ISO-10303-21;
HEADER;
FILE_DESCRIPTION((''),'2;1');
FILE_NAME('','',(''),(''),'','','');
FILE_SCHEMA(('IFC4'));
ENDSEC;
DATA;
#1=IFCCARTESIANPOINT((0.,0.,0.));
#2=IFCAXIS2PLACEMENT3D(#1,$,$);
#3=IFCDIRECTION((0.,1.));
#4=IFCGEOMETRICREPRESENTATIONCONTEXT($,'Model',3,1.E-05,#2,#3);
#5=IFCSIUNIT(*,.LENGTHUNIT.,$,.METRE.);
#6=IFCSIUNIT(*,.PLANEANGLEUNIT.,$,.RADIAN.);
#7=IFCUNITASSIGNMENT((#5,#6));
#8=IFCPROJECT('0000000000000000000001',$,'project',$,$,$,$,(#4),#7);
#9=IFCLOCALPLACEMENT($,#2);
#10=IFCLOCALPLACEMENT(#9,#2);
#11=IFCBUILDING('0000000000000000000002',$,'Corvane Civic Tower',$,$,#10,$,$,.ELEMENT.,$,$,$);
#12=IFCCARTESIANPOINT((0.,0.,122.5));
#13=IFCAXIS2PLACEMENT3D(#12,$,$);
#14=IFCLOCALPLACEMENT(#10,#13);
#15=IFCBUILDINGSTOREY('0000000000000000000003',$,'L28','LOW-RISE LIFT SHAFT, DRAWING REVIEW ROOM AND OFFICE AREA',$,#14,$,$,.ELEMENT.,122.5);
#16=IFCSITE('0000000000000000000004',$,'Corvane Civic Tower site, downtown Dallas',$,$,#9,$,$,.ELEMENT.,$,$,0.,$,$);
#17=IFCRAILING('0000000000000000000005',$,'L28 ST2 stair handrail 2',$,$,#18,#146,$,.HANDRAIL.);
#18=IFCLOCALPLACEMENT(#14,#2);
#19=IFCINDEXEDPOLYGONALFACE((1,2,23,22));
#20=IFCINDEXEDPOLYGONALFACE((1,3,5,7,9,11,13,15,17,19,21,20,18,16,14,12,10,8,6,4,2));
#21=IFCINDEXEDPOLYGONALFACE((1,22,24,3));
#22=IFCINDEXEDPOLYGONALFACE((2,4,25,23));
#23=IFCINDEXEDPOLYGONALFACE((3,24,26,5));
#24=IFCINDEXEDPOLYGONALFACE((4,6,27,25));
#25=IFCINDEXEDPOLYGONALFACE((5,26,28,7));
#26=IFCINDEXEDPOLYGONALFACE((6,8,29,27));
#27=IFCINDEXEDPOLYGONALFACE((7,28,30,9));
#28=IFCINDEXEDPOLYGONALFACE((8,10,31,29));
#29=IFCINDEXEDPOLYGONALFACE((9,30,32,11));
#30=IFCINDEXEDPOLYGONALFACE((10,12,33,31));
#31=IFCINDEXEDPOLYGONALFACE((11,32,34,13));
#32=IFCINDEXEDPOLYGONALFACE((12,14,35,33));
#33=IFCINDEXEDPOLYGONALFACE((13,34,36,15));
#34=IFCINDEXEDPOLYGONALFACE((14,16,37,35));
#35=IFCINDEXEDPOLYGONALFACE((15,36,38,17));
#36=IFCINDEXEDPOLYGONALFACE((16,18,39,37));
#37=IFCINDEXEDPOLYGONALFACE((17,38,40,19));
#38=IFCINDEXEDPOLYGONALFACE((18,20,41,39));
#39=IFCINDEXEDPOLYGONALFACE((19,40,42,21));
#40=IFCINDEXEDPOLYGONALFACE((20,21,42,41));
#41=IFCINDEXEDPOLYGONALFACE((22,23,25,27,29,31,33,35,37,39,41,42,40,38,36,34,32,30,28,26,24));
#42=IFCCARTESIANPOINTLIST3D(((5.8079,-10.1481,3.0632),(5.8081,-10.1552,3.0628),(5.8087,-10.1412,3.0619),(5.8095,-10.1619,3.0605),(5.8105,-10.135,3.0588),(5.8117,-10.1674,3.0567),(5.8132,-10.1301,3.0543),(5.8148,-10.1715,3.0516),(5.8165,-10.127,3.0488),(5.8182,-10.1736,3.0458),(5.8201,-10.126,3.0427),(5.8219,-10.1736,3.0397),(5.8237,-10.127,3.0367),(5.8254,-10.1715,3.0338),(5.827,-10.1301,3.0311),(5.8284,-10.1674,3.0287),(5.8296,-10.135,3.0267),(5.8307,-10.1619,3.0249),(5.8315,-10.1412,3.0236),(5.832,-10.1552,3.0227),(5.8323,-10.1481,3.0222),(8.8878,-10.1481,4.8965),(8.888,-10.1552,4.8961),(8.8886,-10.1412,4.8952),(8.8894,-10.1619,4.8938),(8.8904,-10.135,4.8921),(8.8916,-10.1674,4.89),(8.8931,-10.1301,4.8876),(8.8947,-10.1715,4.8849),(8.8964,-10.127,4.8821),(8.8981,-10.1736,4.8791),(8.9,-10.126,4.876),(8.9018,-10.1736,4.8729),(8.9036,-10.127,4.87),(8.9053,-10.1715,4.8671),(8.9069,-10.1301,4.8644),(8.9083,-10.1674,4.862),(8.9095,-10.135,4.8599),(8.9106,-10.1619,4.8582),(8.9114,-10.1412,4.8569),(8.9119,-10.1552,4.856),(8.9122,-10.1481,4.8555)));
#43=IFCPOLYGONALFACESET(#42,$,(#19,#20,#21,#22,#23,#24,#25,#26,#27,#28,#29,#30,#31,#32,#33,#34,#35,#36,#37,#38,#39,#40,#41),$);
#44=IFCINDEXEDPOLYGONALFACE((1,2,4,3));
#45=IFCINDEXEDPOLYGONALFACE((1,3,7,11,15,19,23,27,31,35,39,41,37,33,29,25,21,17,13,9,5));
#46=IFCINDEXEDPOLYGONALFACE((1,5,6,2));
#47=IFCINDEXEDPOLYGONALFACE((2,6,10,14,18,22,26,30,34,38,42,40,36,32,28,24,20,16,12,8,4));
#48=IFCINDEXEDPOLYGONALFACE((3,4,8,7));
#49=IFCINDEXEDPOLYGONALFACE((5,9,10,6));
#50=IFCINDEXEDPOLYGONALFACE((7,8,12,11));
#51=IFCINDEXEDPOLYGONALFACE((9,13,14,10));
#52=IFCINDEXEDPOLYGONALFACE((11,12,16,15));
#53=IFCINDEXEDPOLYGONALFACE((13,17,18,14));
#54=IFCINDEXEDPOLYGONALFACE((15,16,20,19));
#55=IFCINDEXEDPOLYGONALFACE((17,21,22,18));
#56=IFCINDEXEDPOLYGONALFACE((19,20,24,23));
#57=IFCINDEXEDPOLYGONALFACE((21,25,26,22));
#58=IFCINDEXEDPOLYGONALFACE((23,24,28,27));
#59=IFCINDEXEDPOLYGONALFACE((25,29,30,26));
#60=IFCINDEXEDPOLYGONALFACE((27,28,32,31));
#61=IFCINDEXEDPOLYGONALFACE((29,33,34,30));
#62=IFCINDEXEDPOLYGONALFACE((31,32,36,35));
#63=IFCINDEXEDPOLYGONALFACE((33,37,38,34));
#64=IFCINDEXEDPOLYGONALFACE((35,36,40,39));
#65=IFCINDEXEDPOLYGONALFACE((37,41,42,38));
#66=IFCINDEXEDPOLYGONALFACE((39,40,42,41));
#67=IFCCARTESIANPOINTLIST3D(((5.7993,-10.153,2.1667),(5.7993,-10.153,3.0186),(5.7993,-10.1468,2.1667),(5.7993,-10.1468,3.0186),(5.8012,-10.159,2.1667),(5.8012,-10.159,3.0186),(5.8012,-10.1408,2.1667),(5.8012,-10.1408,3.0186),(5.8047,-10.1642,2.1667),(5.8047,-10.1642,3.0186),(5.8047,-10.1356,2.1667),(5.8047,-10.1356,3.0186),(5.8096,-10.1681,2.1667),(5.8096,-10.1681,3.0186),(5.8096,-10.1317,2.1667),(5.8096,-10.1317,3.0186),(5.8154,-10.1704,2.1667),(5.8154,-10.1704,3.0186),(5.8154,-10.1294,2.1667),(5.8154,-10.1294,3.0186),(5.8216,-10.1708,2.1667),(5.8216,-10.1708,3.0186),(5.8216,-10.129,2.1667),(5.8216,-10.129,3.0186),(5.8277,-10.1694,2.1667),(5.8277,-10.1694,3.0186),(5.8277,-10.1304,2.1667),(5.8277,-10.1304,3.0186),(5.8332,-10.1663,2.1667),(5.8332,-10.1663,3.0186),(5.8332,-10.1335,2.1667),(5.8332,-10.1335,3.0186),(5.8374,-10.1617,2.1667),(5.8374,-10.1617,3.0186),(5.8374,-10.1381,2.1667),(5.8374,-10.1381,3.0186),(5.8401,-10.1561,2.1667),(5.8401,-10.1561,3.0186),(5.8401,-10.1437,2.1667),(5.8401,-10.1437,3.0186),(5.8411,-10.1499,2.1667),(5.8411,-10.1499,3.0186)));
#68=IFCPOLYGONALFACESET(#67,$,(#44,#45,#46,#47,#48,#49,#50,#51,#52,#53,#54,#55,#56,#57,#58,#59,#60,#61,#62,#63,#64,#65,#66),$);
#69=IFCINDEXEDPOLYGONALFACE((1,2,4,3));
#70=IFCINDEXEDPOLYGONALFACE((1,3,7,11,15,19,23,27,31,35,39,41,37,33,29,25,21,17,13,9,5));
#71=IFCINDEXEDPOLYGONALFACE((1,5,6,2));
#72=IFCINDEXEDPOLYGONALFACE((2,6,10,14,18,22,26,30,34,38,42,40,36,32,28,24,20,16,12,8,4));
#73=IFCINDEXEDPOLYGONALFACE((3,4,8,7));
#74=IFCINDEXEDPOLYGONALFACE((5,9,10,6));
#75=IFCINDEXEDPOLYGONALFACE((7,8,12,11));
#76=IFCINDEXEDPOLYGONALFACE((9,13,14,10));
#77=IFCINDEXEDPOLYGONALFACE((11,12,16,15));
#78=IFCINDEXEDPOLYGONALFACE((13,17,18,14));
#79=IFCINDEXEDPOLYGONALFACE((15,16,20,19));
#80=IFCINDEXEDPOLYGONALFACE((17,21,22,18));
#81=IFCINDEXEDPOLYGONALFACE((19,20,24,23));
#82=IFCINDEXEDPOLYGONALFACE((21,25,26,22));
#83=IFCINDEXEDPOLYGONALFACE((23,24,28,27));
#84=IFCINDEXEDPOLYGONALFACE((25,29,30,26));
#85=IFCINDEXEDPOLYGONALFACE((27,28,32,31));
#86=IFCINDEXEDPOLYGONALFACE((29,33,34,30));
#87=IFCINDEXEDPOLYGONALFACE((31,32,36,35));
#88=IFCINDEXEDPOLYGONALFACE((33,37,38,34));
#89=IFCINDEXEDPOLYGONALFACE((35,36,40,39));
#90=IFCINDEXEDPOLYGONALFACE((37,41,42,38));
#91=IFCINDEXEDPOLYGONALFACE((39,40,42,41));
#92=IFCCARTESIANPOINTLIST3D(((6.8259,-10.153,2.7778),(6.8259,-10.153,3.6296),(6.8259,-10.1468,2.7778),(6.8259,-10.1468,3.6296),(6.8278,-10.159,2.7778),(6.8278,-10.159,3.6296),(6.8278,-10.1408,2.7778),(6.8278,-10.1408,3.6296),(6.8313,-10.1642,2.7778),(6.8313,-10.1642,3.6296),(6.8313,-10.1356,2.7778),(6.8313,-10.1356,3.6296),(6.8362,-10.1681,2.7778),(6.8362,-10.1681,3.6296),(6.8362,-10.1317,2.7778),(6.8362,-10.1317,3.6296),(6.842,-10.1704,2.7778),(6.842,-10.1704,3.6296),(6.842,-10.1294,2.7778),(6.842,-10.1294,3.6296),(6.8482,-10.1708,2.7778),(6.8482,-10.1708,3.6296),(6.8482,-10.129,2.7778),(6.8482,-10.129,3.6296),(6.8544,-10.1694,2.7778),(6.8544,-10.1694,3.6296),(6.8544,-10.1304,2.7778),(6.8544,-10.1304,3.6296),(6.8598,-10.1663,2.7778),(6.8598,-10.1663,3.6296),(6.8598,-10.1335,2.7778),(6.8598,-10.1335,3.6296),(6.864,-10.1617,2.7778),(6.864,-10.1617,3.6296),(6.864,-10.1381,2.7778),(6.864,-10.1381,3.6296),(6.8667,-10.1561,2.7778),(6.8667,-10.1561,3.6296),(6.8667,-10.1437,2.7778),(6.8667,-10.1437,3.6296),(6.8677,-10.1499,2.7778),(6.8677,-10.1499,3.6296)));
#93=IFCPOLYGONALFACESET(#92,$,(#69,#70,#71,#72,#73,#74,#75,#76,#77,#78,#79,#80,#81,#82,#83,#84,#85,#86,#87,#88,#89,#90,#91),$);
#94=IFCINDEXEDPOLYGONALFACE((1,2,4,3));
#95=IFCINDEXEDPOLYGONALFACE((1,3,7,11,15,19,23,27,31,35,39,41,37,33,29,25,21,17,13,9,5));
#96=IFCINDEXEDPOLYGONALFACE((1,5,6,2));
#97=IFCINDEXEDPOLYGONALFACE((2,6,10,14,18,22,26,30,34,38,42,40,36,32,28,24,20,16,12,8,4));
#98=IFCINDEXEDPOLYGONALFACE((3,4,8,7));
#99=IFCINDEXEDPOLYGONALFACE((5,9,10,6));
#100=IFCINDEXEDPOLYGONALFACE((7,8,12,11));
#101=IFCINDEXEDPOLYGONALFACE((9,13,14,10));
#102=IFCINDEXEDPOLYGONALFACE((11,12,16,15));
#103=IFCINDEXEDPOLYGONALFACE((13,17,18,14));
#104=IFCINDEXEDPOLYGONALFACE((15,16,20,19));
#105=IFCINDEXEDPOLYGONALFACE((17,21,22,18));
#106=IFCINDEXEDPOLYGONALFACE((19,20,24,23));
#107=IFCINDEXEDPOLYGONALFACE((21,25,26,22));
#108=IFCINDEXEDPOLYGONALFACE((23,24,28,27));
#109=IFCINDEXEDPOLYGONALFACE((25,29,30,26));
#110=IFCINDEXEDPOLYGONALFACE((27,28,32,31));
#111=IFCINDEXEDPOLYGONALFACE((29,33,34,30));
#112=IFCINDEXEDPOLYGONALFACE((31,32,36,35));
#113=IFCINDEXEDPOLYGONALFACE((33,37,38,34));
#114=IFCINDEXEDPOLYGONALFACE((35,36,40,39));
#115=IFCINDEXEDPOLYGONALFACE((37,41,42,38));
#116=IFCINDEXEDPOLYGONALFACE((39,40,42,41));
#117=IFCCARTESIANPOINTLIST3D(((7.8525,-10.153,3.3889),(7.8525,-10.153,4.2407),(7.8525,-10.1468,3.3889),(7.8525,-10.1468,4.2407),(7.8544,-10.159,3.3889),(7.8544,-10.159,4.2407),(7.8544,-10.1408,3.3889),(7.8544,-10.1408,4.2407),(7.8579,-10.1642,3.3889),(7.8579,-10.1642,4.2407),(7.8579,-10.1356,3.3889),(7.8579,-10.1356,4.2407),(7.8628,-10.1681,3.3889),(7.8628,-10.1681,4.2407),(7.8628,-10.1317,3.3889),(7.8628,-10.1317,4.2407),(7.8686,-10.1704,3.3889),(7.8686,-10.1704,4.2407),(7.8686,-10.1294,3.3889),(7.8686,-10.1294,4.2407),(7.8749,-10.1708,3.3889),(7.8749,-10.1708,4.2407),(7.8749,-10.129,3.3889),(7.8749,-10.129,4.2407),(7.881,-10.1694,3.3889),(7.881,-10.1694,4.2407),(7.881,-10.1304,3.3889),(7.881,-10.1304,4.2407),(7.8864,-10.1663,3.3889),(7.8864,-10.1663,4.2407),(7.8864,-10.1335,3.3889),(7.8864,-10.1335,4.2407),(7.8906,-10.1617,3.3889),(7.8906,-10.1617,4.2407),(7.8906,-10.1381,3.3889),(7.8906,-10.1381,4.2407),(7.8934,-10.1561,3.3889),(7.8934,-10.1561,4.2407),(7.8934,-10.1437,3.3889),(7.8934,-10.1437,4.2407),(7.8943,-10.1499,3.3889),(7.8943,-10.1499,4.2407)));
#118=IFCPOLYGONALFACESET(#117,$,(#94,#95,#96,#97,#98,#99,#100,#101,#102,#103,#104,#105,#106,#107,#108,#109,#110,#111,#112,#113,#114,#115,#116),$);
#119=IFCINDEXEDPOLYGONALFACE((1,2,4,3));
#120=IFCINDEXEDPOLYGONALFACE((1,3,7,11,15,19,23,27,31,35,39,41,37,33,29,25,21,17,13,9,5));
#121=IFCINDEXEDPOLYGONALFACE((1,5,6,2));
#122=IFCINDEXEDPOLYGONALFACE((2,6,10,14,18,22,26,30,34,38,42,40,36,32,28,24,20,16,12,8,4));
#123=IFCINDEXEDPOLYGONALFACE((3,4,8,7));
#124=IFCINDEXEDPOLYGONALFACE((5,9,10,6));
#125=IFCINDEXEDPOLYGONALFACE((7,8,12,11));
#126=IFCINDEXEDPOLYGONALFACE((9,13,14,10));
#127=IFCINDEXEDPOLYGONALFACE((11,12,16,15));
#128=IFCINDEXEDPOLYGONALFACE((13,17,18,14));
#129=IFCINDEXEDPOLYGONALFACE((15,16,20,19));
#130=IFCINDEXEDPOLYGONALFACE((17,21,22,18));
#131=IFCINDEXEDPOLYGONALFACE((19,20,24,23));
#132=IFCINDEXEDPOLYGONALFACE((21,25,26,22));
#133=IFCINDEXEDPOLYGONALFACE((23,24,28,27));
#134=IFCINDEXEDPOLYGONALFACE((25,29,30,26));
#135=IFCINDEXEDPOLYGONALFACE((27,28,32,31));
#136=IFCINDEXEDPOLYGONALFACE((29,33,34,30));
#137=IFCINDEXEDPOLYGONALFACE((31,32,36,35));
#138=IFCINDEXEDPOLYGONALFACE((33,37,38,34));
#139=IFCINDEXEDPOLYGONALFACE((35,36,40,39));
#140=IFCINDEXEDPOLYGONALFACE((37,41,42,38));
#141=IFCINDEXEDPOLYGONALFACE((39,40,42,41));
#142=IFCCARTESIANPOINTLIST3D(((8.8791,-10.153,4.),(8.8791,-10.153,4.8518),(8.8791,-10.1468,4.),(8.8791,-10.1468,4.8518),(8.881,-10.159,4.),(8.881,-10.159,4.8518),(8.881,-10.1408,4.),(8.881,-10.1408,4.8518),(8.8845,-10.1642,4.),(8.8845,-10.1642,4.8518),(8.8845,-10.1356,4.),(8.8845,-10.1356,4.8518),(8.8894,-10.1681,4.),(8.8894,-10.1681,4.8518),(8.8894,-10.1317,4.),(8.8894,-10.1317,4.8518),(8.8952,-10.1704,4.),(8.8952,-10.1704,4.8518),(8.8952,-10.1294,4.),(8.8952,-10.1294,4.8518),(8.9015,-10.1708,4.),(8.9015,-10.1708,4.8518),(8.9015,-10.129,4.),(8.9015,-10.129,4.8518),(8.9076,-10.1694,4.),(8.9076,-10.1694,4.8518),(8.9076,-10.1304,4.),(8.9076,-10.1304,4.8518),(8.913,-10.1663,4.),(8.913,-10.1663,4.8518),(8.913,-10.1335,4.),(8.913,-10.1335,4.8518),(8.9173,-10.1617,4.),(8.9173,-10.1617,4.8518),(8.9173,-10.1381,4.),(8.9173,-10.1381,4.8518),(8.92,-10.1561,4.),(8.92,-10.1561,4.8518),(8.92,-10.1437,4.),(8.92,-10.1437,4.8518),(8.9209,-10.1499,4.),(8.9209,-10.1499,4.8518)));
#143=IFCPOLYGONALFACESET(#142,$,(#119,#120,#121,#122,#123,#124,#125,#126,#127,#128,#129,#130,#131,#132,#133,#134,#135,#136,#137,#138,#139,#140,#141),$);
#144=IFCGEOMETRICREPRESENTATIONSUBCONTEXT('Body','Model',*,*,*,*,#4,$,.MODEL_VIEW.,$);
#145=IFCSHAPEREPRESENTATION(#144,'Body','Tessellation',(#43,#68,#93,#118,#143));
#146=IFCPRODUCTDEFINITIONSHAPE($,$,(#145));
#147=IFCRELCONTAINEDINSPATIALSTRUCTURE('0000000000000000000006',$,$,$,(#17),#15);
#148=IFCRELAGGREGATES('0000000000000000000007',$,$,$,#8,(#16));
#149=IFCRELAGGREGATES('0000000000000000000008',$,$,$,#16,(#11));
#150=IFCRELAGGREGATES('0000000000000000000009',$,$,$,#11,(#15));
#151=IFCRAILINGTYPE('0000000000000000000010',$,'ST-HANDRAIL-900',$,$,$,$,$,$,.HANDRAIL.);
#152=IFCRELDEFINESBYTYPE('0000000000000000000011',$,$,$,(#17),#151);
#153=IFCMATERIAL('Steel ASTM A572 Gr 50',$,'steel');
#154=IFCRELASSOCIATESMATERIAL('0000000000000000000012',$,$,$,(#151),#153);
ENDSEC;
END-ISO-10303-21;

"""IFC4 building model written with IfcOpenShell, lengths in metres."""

from ifc_helpers import new_model, si_unit, direction, frame, origin, origin_2d, place, context, subcontext, project, spatial, circle, extrude, material, type_object, element, save


model = new_model("IFC4")

# Units and contexts
model_context = context("Model", 3, precision=1e-05, world=origin(), true_north=direction((0.0, 1.0)))
body_context = subcontext(model_context, "Body", "Model", "MODEL_VIEW")
ifc_project = project(units=[si_unit("LENGTHUNIT", "METRE"), si_unit("PLANEANGLEUNIT", "RADIAN")], contexts=[model_context])

# Site, building, storey
site_placement = place(None, origin())
site = spatial("IfcSite", under=ifc_project, at=site_placement, Name="Corvane Civic Tower site, downtown Dallas", CompositionType="ELEMENT", RefElevation=0.0)
building_placement = place(site_placement, origin())
building = spatial("IfcBuilding", under=site, at=building_placement, Name="Corvane Civic Tower", CompositionType="ELEMENT")
storey_placement = place(building_placement, frame((0.0, 0.0, 122.5)))
storey = spatial("IfcBuildingStorey", under=building, at=storey_placement, Name="L28", Description="LOW-RISE LIFT SHAFT, DRAWING REVIEW ROOM AND OFFICE AREA", CompositionType="ELEMENT", Elevation=122.5)

# Railing
ifc_material_1 = material(Name="Steel ASTM A572 Gr 50", Category="steel")
railing_type_1 = type_object("IfcRailingType", Name="ST-HANDRAIL-900", PredefinedType="HANDRAIL", material=ifc_material_1)
railing_1_placement = place(storey_placement, frame((5.8201, -10.1499, 2.1667)))
element("IfcRailing", 1, at=railing_1_placement, inside=storey, type_object=railing_type_1, Name="L28 ST2 stair handrail 2", PredefinedType="HANDRAIL", context=body_context, shape_type="SweptSolid", body=[
    extrude(circle(Radius=0.0239, at=origin_2d()), frame((0.0, 0.0, 0.876), z_axis=(0.859291, 0.0, 0.511487), x_axis=(0.0, 1.0, 0.0)), (0.0, 0.0, 1.0), 3.5842),
    extrude(circle(Radius=0.021, at=origin_2d()), origin(), (0.0, 0.0, 1.0), 0.8518),
    extrude(circle(Radius=0.021, at=origin_2d()), frame((1.0266, 0.0, 0.6111)), (0.0, 0.0, 1.0), 0.8518),
    extrude(circle(Radius=0.021, at=origin_2d()), frame((2.0532, 0.0, 1.2222)), (0.0, 0.0, 1.0), 0.8518),
    extrude(circle(Radius=0.021, at=origin_2d()), frame((3.0798, 0.0, 1.8333)), (0.0, 0.0, 1.0), 0.8518),
])

save(model, "model.ifc")
